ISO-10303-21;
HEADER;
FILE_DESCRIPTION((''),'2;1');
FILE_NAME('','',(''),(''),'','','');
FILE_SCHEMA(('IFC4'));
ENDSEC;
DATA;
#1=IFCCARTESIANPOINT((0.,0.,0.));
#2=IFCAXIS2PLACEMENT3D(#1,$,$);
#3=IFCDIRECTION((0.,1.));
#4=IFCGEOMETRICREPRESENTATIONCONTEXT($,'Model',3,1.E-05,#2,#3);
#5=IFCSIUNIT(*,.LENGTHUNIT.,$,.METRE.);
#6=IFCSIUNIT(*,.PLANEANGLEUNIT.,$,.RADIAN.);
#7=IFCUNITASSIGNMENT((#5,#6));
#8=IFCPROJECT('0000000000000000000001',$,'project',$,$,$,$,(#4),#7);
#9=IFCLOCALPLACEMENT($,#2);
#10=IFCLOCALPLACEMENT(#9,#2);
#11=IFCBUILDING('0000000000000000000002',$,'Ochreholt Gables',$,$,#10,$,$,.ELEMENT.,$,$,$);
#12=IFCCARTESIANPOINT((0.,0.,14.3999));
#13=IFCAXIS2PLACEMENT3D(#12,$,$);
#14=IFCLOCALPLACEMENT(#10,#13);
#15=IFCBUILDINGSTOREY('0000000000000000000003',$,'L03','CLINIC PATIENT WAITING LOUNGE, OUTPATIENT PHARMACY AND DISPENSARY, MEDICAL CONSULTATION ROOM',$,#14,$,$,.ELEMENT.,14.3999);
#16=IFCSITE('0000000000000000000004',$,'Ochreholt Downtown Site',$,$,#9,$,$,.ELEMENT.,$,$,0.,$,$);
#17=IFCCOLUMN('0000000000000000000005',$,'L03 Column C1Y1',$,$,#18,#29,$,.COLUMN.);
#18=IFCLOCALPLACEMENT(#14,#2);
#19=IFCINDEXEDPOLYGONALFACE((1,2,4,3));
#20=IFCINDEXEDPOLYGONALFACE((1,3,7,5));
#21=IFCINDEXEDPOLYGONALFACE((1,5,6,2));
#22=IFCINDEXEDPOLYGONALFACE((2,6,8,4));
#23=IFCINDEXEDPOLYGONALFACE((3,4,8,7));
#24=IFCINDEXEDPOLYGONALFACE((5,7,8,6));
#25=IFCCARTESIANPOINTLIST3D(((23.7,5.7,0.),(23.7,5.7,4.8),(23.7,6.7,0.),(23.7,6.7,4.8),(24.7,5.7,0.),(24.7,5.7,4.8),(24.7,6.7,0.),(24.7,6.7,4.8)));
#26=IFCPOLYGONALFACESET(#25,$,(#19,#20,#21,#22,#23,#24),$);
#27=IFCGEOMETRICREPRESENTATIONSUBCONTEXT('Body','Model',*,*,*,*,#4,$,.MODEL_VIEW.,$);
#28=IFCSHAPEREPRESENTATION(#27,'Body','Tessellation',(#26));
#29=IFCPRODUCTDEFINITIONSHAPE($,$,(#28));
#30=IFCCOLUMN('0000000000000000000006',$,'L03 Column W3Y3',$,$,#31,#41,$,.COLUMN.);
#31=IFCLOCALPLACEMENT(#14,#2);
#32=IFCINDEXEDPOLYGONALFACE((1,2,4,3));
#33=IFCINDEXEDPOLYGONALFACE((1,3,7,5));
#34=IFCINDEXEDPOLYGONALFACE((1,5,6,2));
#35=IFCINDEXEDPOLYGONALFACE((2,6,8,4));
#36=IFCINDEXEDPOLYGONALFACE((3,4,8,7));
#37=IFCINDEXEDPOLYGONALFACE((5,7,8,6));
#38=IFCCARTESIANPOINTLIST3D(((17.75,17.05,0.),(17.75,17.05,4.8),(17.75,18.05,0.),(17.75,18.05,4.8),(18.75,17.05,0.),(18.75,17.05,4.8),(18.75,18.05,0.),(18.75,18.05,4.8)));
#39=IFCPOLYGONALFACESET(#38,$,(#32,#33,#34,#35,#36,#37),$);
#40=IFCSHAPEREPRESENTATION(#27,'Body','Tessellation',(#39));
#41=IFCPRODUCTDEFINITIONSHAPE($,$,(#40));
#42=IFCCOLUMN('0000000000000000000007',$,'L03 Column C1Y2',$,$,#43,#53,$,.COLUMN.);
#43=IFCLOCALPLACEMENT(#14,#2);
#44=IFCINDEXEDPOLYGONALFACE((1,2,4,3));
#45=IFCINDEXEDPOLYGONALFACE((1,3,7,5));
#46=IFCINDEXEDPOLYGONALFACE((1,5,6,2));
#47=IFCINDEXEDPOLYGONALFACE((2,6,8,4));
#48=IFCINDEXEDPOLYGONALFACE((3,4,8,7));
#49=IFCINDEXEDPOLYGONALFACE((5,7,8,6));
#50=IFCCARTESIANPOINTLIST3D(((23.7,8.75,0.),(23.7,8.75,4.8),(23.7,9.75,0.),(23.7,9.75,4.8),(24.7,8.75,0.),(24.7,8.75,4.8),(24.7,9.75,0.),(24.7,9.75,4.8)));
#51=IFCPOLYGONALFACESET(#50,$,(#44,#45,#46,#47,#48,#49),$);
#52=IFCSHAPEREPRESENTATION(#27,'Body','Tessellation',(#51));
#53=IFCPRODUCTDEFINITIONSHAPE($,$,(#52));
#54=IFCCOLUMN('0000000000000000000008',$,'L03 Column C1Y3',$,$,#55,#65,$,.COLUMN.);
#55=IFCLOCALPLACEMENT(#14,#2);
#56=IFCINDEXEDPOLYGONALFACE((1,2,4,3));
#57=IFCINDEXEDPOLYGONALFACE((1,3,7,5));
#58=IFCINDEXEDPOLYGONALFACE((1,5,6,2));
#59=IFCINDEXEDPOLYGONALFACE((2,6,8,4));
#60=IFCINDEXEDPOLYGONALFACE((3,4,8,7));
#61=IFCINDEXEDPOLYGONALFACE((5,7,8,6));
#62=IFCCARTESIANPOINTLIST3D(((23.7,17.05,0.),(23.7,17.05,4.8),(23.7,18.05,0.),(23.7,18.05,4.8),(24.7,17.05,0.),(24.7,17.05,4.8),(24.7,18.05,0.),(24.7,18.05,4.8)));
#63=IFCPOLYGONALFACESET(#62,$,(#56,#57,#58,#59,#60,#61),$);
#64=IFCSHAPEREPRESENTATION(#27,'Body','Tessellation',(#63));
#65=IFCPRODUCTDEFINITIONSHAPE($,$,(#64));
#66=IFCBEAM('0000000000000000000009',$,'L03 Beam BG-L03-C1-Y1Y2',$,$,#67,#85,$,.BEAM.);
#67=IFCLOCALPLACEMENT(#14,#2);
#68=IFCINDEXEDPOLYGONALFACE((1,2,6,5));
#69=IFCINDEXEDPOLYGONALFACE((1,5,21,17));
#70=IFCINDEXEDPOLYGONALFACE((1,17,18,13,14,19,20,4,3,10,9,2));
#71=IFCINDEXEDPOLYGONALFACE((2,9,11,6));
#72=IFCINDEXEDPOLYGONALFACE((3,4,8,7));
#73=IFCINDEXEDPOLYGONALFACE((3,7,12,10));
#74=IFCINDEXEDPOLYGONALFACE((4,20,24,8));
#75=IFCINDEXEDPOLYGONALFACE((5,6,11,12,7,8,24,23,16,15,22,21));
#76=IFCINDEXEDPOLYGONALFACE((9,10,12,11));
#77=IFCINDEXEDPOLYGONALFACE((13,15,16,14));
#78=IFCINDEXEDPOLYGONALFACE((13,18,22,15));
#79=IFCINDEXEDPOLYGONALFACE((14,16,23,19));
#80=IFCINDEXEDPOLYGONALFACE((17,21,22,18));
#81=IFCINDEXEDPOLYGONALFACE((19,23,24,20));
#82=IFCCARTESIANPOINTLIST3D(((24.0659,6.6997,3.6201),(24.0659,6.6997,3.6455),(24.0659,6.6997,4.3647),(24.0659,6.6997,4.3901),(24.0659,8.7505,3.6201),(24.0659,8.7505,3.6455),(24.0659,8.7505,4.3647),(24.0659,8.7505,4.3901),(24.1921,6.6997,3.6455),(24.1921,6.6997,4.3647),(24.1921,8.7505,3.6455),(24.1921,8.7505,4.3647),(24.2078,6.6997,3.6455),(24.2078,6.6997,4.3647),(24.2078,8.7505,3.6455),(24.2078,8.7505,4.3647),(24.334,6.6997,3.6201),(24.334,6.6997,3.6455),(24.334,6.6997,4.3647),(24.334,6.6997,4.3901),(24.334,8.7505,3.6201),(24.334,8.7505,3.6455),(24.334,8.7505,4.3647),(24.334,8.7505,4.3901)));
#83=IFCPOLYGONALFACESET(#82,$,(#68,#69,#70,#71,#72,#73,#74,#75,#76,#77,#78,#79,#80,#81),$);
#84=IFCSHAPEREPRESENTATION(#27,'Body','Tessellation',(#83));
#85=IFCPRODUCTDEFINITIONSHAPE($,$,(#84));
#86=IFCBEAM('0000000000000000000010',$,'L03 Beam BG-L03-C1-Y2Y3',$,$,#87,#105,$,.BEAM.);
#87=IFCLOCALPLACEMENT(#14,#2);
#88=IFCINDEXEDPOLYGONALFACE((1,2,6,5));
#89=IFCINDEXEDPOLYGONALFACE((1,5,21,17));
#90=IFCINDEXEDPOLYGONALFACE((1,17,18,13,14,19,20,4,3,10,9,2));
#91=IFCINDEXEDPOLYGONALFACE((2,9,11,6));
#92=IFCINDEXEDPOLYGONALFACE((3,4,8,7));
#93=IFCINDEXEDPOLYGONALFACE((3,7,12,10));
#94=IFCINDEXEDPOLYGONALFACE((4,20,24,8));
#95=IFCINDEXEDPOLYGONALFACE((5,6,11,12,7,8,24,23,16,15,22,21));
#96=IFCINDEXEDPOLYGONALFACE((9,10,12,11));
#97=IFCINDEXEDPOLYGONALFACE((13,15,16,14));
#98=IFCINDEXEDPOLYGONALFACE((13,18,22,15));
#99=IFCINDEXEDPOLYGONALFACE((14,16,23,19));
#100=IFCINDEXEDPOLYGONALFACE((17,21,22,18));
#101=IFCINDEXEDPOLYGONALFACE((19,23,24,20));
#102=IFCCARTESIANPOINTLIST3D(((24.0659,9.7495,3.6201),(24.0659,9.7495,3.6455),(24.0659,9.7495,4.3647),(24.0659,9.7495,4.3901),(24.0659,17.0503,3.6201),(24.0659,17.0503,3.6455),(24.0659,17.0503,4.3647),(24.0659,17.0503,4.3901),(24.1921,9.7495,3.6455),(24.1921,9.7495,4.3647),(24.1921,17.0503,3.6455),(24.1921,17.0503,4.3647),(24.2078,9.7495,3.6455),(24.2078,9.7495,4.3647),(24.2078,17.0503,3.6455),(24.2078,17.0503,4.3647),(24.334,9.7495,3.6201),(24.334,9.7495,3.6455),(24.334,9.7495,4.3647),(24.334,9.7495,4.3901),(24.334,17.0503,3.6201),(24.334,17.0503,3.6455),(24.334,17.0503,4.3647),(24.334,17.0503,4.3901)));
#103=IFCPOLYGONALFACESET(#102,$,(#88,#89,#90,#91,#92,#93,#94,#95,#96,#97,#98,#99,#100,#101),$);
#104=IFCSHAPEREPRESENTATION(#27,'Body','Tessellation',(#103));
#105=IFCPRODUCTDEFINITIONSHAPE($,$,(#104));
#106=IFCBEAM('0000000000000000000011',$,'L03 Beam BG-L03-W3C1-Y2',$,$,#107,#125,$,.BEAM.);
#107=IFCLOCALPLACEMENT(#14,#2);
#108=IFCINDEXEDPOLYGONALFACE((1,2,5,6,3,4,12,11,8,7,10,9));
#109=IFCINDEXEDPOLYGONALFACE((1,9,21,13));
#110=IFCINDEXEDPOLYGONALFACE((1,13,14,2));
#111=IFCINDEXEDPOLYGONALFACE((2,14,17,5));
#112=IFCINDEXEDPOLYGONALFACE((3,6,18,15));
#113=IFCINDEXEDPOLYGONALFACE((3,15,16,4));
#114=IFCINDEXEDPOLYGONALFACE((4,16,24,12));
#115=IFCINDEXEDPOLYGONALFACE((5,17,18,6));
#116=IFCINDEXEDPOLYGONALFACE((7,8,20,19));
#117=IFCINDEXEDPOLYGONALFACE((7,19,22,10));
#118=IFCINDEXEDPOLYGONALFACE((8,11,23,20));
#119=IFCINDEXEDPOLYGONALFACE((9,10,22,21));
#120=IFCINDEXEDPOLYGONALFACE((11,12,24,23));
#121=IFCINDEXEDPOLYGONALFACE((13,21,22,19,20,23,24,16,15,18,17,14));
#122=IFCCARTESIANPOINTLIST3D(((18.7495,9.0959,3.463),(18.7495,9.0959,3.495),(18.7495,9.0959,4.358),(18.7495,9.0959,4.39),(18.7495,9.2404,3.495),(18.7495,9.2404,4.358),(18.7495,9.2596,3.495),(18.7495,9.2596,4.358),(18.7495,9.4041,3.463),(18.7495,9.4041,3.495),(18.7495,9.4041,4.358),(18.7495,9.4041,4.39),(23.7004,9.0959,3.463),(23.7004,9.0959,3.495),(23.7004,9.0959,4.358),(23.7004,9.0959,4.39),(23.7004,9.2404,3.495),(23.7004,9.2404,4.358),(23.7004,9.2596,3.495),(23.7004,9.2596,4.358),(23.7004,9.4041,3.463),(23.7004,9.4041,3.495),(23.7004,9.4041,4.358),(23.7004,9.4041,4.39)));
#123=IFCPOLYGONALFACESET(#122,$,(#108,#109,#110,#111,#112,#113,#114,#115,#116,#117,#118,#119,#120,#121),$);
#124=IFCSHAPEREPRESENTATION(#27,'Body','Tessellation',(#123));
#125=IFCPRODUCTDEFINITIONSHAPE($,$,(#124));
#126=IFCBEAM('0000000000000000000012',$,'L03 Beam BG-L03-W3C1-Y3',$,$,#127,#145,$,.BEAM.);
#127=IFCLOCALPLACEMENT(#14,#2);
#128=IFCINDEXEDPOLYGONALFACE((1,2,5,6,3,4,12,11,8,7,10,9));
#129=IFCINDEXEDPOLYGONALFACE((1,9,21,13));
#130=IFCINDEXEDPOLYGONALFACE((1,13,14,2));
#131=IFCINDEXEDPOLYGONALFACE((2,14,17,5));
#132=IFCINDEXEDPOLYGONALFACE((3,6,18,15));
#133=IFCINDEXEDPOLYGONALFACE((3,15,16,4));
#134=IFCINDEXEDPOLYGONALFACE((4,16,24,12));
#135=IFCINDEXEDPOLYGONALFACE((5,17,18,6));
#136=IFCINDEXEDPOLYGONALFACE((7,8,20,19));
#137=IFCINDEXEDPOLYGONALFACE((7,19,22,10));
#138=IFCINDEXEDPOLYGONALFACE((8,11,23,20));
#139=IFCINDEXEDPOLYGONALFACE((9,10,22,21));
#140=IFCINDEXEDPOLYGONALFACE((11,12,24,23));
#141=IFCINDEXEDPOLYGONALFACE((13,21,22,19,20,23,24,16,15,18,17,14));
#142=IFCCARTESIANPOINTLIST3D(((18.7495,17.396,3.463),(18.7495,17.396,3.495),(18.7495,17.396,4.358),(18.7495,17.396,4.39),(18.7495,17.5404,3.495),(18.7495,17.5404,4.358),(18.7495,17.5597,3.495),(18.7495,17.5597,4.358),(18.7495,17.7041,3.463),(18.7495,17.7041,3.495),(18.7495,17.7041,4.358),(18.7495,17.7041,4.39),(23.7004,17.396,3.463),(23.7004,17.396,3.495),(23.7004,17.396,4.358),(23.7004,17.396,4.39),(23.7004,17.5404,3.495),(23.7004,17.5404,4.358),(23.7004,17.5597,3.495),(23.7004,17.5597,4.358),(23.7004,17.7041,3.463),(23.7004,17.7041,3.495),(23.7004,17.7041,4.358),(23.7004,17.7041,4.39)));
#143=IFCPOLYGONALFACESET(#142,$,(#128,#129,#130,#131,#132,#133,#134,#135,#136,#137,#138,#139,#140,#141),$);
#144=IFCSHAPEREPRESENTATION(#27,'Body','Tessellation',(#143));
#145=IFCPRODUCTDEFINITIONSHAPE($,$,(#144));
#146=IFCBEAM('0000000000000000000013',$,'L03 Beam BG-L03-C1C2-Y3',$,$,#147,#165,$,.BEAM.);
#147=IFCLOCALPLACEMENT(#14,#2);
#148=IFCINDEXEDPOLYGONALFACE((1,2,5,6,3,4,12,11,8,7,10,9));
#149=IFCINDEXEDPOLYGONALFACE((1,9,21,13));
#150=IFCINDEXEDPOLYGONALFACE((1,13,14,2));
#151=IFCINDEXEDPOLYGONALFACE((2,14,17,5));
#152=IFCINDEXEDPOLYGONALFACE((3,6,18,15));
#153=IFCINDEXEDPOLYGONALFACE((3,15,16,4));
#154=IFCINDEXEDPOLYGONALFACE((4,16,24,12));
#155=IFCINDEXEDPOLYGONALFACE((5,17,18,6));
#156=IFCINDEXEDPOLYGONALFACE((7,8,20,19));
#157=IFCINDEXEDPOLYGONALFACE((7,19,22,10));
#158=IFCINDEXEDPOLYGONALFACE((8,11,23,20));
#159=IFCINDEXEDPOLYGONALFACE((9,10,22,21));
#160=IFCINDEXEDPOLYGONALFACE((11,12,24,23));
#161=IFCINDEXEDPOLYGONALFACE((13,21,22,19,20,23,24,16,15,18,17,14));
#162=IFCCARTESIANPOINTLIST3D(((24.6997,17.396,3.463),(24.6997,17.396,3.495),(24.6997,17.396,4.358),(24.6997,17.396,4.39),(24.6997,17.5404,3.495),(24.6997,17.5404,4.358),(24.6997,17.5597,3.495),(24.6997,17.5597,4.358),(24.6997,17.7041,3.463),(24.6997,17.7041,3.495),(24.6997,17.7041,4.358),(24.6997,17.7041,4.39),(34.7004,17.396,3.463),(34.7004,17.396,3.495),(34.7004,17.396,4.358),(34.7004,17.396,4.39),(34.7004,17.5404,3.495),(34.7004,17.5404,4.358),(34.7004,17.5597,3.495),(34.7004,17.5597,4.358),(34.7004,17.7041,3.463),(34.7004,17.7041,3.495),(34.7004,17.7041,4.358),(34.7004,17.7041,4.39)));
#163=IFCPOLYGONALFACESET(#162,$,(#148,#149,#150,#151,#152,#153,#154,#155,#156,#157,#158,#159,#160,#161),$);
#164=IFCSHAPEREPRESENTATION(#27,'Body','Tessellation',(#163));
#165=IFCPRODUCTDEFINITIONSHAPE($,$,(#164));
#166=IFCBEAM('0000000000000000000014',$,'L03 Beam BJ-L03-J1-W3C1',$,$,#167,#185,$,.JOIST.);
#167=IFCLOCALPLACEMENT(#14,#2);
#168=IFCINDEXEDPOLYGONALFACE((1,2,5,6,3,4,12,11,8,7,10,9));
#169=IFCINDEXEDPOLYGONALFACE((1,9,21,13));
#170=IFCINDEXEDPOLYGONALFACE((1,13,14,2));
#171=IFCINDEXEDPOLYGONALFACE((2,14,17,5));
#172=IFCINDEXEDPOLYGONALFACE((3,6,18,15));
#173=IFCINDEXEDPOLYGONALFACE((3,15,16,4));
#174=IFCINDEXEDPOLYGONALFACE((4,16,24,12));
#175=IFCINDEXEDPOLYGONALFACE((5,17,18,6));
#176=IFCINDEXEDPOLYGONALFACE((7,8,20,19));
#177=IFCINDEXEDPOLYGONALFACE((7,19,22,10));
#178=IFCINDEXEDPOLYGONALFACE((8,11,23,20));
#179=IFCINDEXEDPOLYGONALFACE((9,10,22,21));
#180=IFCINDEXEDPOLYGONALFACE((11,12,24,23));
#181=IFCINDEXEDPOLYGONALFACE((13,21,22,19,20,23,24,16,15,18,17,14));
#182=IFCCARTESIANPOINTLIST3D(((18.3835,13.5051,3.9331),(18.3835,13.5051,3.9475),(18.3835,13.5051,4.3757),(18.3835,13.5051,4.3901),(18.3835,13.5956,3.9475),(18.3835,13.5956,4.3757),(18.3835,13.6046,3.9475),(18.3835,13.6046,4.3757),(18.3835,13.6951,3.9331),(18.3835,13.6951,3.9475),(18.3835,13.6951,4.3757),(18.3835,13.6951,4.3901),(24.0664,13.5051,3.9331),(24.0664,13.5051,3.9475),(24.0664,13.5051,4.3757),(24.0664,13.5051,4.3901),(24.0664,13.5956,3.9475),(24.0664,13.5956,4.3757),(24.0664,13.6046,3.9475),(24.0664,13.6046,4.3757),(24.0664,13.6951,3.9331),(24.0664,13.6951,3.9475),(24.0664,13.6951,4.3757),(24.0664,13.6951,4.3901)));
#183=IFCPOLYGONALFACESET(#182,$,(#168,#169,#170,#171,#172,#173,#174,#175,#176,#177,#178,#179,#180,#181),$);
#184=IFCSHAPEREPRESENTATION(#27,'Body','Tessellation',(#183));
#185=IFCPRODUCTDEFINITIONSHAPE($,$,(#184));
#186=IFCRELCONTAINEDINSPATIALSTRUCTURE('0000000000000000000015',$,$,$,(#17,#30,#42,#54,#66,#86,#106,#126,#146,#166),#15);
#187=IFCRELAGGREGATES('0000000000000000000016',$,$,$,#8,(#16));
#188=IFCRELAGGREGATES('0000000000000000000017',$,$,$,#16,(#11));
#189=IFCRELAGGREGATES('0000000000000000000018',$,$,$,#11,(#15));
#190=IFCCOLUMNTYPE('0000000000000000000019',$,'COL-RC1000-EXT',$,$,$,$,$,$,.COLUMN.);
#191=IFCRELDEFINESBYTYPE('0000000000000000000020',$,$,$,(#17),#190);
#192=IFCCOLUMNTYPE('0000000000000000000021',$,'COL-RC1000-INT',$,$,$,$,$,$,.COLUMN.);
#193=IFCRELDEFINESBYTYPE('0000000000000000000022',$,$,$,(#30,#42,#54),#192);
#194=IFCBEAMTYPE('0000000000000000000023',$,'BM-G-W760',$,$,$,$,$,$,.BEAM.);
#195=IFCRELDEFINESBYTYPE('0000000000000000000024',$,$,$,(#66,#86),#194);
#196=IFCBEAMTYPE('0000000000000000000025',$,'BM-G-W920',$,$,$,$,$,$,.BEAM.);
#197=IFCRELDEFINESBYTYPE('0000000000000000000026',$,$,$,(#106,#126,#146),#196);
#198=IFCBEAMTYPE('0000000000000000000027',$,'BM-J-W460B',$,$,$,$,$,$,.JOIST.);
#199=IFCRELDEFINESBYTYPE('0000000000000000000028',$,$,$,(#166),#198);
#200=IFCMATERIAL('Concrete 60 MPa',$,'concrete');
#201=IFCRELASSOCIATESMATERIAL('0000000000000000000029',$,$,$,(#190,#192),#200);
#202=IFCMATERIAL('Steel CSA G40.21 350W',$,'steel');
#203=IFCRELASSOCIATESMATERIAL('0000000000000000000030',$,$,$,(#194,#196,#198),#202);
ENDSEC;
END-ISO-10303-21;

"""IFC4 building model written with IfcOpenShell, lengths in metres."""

from ifc_helpers import new_model, si_unit, direction, frame, origin, origin_2d, place, context, subcontext, project, spatial, rectangle, i_section, extrude, material, material_profile, profile_set, type_object, element, save


model = new_model("IFC4")

# Units and contexts
model_context = context("Model", 3, precision=1e-05, world=origin(), true_north=direction((0.0, 1.0)))
body_context = subcontext(model_context, "Body", "Model", "MODEL_VIEW")
ifc_project = project(units=[si_unit("LENGTHUNIT", "METRE"), si_unit("PLANEANGLEUNIT", "RADIAN")], contexts=[model_context])

# Site, building, storey
site_placement = place(None, origin())
site = spatial("IfcSite", under=ifc_project, at=site_placement, Name="Ochreholt Downtown Site", CompositionType="ELEMENT", RefElevation=0.0)
building_placement = place(site_placement, origin())
building = spatial("IfcBuilding", under=site, at=building_placement, Name="Ochreholt Gables", CompositionType="ELEMENT")
storey_placement = place(building_placement, frame((0.0, 0.0, 14.3999)))
storey = spatial("IfcBuildingStorey", under=building, at=storey_placement, Name="L03", Description="CLINIC PATIENT WAITING LOUNGE, OUTPATIENT PHARMACY AND DISPENSARY, MEDICAL CONSULTATION ROOM", CompositionType="ELEMENT", Elevation=14.3999)

# Columns
ifc_material_1 = material(Name="Concrete 60 MPa", Category="concrete")
ifc_material_profile_1 = material_profile(ifc_material_1, rectangle(XDim=1.0, YDim=1.0, at=origin_2d()), Name="RC1000X1000")
ifc_profile_set_1 = profile_set([ifc_material_profile_1], Name="Concrete 60 MPa")
column_type_1 = type_object("IfcColumnType", Name="COL-RC1000-EXT", PredefinedType="COLUMN", material=ifc_profile_set_1)
column_placement = place(storey_placement, frame((24.2, 6.2, 0.0), z_axis=(0.0, 0.0, 1.0), x_axis=(1.0, 0.0, 0.0)))
element("IfcColumn", 1, at=column_placement, inside=storey, type_object=column_type_1, Name="L03 Column C1Y1", PredefinedType="COLUMN", context=body_context, shape_type="SweptSolid", body=[
    extrude(rectangle(XDim=1.0, YDim=1.0, at=origin_2d()), origin(), (0.0, 0.0, 1.0), 4.8),
])
ifc_material_profile_2 = material_profile(ifc_material_1, rectangle(XDim=1.0, YDim=1.0, at=origin_2d()), Name="RC1000X1000")
ifc_profile_set_2 = profile_set([ifc_material_profile_2], Name="Concrete 60 MPa")
column_type_2 = type_object("IfcColumnType", Name="COL-RC1000-INT", PredefinedType="COLUMN", material=ifc_profile_set_2)
for number, where, z_axis, x_axis, name in (
    (2, (18.25, 17.55, 0.0), (0.0, 0.0, 1.0), (1.0, 0.0, 0.0), "L03 Column W3Y3"),
    (3, (24.2, 9.25, 0.0), (0.0, 0.0, 1.0), (1.0, 0.0, 0.0), "L03 Column C1Y2"),
    (4, (24.2, 17.55, 0.0), (0.0, 0.0, 1.0), (1.0, 0.0, 0.0), "L03 Column C1Y3"),
):
    element("IfcColumn", number, at=place(storey_placement, frame(where, z_axis=z_axis, x_axis=x_axis)), inside=storey, type_object=column_type_2, Name=name, PredefinedType="COLUMN", context=body_context, shape_type="SweptSolid", body=[
        extrude(rectangle(XDim=1.0, YDim=1.0, at=origin_2d()), origin(), (0.0, 0.0, 1.0), 4.8),
    ])

# Beams
ifc_material_2 = material(Name="Steel CSA G40.21 350W", Category="steel")
ifc_material_profile_3 = material_profile(ifc_material_2, i_section(OverallWidth=0.2681, OverallDepth=0.77, WebThickness=0.0156, FlangeThickness=0.0254, at=origin_2d()), Name="W760X196")
ifc_profile_set_3 = profile_set([ifc_material_profile_3], Name="Steel CSA G40.21 350W")
beam_type_1 = type_object("IfcBeamType", Name="BM-G-W760", PredefinedType="BEAM", material=ifc_profile_set_3)
beam_1_placement = place(storey_placement, frame((24.2, 6.6997, 4.0051), z_axis=(0.0, 1.0, 0.0), x_axis=(-1.0, 0.0, 0.0)))
element("IfcBeam", 5, at=beam_1_placement, inside=storey, type_object=beam_type_1, Name="L03 Beam BG-L03-C1-Y1Y2", PredefinedType="BEAM", context=body_context, shape_type="SweptSolid", body=[
    extrude(i_section(OverallWidth=0.2681, OverallDepth=0.77, WebThickness=0.0156, FlangeThickness=0.0254, at=origin_2d()), origin(), (0.0, 0.0, 1.0), 2.0508),
])
beam_2_placement = place(storey_placement, frame((24.2, 9.7495, 4.0051), z_axis=(0.0, 1.0, 0.0), x_axis=(-1.0, 0.0, 0.0)))
element("IfcBeam", 6, at=beam_2_placement, inside=storey, type_object=beam_type_1, Name="L03 Beam BG-L03-C1-Y2Y3", PredefinedType="BEAM", context=body_context, shape_type="SweptSolid", body=[
    extrude(i_section(OverallWidth=0.2681, OverallDepth=0.77, WebThickness=0.0156, FlangeThickness=0.0254, at=origin_2d()), origin(), (0.0, 0.0, 1.0), 7.3008),
])
ifc_material_profile_4 = material_profile(ifc_material_2, i_section(OverallWidth=0.3081, OverallDepth=0.927, WebThickness=0.0193, FlangeThickness=0.032, at=origin_2d()), Name="W920X289")
ifc_profile_set_4 = profile_set([ifc_material_profile_4], Name="Steel CSA G40.21 350W")
beam_type_2 = type_object("IfcBeamType", Name="BM-G-W920", PredefinedType="BEAM", material=ifc_profile_set_4)
for number, where, z_axis, x_axis, name in (
    (7, (18.7495, 9.25, 3.9265), (1.0, 0.0, 0.0), (0.0, 1.0, 0.0), "L03 Beam BG-L03-W3C1-Y2"),
    (8, (18.7495, 17.55, 3.9265), (1.0, 0.0, 0.0), (0.0, 1.0, 0.0), "L03 Beam BG-L03-W3C1-Y3"),
):
    element("IfcBeam", number, at=place(storey_placement, frame(where, z_axis=z_axis, x_axis=x_axis)), inside=storey, type_object=beam_type_2, Name=name, PredefinedType="BEAM", context=body_context, shape_type="SweptSolid", body=[
        extrude(i_section(OverallWidth=0.3081, OverallDepth=0.927, WebThickness=0.0193, FlangeThickness=0.032, at=origin_2d()), origin(), (0.0, 0.0, 1.0), 4.9509),
    ])
beam_3_placement = place(storey_placement, frame((24.6997, 17.55, 3.9265), z_axis=(1.0, 0.0, 0.0), x_axis=(0.0, 1.0, 0.0)))
element("IfcBeam", 9, at=beam_3_placement, inside=storey, type_object=beam_type_2, Name="L03 Beam BG-L03-C1C2-Y3", PredefinedType="BEAM", context=body_context, shape_type="SweptSolid", body=[
    extrude(i_section(OverallWidth=0.3081, OverallDepth=0.927, WebThickness=0.0193, FlangeThickness=0.032, at=origin_2d()), origin(), (0.0, 0.0, 1.0), 10.0007),
])
ifc_material_profile_5 = material_profile(ifc_material_2, i_section(OverallWidth=0.1899, OverallDepth=0.457, WebThickness=0.009, FlangeThickness=0.0144, at=origin_2d()), Name="W460X74")
ifc_profile_set_5 = profile_set([ifc_material_profile_5], Name="Steel CSA G40.21 350W")
beam_type_3 = type_object("IfcBeamType", Name="BM-J-W460B", PredefinedType="JOIST", material=ifc_profile_set_5)
beam_4_placement = place(storey_placement, frame((18.3835, 13.6001, 4.1616), z_axis=(1.0, 0.0, 0.0), x_axis=(0.0, 1.0, 0.0)))
element("IfcBeam", 10, at=beam_4_placement, inside=storey, type_object=beam_type_3, Name="L03 Beam BJ-L03-J1-W3C1", PredefinedType="JOIST", context=body_context, shape_type="SweptSolid", body=[
    extrude(i_section(OverallWidth=0.1899, OverallDepth=0.457, WebThickness=0.009, FlangeThickness=0.0144, at=origin_2d()), origin(), (0.0, 0.0, 1.0), 5.6829),
])

save(model, "model.ifc")
